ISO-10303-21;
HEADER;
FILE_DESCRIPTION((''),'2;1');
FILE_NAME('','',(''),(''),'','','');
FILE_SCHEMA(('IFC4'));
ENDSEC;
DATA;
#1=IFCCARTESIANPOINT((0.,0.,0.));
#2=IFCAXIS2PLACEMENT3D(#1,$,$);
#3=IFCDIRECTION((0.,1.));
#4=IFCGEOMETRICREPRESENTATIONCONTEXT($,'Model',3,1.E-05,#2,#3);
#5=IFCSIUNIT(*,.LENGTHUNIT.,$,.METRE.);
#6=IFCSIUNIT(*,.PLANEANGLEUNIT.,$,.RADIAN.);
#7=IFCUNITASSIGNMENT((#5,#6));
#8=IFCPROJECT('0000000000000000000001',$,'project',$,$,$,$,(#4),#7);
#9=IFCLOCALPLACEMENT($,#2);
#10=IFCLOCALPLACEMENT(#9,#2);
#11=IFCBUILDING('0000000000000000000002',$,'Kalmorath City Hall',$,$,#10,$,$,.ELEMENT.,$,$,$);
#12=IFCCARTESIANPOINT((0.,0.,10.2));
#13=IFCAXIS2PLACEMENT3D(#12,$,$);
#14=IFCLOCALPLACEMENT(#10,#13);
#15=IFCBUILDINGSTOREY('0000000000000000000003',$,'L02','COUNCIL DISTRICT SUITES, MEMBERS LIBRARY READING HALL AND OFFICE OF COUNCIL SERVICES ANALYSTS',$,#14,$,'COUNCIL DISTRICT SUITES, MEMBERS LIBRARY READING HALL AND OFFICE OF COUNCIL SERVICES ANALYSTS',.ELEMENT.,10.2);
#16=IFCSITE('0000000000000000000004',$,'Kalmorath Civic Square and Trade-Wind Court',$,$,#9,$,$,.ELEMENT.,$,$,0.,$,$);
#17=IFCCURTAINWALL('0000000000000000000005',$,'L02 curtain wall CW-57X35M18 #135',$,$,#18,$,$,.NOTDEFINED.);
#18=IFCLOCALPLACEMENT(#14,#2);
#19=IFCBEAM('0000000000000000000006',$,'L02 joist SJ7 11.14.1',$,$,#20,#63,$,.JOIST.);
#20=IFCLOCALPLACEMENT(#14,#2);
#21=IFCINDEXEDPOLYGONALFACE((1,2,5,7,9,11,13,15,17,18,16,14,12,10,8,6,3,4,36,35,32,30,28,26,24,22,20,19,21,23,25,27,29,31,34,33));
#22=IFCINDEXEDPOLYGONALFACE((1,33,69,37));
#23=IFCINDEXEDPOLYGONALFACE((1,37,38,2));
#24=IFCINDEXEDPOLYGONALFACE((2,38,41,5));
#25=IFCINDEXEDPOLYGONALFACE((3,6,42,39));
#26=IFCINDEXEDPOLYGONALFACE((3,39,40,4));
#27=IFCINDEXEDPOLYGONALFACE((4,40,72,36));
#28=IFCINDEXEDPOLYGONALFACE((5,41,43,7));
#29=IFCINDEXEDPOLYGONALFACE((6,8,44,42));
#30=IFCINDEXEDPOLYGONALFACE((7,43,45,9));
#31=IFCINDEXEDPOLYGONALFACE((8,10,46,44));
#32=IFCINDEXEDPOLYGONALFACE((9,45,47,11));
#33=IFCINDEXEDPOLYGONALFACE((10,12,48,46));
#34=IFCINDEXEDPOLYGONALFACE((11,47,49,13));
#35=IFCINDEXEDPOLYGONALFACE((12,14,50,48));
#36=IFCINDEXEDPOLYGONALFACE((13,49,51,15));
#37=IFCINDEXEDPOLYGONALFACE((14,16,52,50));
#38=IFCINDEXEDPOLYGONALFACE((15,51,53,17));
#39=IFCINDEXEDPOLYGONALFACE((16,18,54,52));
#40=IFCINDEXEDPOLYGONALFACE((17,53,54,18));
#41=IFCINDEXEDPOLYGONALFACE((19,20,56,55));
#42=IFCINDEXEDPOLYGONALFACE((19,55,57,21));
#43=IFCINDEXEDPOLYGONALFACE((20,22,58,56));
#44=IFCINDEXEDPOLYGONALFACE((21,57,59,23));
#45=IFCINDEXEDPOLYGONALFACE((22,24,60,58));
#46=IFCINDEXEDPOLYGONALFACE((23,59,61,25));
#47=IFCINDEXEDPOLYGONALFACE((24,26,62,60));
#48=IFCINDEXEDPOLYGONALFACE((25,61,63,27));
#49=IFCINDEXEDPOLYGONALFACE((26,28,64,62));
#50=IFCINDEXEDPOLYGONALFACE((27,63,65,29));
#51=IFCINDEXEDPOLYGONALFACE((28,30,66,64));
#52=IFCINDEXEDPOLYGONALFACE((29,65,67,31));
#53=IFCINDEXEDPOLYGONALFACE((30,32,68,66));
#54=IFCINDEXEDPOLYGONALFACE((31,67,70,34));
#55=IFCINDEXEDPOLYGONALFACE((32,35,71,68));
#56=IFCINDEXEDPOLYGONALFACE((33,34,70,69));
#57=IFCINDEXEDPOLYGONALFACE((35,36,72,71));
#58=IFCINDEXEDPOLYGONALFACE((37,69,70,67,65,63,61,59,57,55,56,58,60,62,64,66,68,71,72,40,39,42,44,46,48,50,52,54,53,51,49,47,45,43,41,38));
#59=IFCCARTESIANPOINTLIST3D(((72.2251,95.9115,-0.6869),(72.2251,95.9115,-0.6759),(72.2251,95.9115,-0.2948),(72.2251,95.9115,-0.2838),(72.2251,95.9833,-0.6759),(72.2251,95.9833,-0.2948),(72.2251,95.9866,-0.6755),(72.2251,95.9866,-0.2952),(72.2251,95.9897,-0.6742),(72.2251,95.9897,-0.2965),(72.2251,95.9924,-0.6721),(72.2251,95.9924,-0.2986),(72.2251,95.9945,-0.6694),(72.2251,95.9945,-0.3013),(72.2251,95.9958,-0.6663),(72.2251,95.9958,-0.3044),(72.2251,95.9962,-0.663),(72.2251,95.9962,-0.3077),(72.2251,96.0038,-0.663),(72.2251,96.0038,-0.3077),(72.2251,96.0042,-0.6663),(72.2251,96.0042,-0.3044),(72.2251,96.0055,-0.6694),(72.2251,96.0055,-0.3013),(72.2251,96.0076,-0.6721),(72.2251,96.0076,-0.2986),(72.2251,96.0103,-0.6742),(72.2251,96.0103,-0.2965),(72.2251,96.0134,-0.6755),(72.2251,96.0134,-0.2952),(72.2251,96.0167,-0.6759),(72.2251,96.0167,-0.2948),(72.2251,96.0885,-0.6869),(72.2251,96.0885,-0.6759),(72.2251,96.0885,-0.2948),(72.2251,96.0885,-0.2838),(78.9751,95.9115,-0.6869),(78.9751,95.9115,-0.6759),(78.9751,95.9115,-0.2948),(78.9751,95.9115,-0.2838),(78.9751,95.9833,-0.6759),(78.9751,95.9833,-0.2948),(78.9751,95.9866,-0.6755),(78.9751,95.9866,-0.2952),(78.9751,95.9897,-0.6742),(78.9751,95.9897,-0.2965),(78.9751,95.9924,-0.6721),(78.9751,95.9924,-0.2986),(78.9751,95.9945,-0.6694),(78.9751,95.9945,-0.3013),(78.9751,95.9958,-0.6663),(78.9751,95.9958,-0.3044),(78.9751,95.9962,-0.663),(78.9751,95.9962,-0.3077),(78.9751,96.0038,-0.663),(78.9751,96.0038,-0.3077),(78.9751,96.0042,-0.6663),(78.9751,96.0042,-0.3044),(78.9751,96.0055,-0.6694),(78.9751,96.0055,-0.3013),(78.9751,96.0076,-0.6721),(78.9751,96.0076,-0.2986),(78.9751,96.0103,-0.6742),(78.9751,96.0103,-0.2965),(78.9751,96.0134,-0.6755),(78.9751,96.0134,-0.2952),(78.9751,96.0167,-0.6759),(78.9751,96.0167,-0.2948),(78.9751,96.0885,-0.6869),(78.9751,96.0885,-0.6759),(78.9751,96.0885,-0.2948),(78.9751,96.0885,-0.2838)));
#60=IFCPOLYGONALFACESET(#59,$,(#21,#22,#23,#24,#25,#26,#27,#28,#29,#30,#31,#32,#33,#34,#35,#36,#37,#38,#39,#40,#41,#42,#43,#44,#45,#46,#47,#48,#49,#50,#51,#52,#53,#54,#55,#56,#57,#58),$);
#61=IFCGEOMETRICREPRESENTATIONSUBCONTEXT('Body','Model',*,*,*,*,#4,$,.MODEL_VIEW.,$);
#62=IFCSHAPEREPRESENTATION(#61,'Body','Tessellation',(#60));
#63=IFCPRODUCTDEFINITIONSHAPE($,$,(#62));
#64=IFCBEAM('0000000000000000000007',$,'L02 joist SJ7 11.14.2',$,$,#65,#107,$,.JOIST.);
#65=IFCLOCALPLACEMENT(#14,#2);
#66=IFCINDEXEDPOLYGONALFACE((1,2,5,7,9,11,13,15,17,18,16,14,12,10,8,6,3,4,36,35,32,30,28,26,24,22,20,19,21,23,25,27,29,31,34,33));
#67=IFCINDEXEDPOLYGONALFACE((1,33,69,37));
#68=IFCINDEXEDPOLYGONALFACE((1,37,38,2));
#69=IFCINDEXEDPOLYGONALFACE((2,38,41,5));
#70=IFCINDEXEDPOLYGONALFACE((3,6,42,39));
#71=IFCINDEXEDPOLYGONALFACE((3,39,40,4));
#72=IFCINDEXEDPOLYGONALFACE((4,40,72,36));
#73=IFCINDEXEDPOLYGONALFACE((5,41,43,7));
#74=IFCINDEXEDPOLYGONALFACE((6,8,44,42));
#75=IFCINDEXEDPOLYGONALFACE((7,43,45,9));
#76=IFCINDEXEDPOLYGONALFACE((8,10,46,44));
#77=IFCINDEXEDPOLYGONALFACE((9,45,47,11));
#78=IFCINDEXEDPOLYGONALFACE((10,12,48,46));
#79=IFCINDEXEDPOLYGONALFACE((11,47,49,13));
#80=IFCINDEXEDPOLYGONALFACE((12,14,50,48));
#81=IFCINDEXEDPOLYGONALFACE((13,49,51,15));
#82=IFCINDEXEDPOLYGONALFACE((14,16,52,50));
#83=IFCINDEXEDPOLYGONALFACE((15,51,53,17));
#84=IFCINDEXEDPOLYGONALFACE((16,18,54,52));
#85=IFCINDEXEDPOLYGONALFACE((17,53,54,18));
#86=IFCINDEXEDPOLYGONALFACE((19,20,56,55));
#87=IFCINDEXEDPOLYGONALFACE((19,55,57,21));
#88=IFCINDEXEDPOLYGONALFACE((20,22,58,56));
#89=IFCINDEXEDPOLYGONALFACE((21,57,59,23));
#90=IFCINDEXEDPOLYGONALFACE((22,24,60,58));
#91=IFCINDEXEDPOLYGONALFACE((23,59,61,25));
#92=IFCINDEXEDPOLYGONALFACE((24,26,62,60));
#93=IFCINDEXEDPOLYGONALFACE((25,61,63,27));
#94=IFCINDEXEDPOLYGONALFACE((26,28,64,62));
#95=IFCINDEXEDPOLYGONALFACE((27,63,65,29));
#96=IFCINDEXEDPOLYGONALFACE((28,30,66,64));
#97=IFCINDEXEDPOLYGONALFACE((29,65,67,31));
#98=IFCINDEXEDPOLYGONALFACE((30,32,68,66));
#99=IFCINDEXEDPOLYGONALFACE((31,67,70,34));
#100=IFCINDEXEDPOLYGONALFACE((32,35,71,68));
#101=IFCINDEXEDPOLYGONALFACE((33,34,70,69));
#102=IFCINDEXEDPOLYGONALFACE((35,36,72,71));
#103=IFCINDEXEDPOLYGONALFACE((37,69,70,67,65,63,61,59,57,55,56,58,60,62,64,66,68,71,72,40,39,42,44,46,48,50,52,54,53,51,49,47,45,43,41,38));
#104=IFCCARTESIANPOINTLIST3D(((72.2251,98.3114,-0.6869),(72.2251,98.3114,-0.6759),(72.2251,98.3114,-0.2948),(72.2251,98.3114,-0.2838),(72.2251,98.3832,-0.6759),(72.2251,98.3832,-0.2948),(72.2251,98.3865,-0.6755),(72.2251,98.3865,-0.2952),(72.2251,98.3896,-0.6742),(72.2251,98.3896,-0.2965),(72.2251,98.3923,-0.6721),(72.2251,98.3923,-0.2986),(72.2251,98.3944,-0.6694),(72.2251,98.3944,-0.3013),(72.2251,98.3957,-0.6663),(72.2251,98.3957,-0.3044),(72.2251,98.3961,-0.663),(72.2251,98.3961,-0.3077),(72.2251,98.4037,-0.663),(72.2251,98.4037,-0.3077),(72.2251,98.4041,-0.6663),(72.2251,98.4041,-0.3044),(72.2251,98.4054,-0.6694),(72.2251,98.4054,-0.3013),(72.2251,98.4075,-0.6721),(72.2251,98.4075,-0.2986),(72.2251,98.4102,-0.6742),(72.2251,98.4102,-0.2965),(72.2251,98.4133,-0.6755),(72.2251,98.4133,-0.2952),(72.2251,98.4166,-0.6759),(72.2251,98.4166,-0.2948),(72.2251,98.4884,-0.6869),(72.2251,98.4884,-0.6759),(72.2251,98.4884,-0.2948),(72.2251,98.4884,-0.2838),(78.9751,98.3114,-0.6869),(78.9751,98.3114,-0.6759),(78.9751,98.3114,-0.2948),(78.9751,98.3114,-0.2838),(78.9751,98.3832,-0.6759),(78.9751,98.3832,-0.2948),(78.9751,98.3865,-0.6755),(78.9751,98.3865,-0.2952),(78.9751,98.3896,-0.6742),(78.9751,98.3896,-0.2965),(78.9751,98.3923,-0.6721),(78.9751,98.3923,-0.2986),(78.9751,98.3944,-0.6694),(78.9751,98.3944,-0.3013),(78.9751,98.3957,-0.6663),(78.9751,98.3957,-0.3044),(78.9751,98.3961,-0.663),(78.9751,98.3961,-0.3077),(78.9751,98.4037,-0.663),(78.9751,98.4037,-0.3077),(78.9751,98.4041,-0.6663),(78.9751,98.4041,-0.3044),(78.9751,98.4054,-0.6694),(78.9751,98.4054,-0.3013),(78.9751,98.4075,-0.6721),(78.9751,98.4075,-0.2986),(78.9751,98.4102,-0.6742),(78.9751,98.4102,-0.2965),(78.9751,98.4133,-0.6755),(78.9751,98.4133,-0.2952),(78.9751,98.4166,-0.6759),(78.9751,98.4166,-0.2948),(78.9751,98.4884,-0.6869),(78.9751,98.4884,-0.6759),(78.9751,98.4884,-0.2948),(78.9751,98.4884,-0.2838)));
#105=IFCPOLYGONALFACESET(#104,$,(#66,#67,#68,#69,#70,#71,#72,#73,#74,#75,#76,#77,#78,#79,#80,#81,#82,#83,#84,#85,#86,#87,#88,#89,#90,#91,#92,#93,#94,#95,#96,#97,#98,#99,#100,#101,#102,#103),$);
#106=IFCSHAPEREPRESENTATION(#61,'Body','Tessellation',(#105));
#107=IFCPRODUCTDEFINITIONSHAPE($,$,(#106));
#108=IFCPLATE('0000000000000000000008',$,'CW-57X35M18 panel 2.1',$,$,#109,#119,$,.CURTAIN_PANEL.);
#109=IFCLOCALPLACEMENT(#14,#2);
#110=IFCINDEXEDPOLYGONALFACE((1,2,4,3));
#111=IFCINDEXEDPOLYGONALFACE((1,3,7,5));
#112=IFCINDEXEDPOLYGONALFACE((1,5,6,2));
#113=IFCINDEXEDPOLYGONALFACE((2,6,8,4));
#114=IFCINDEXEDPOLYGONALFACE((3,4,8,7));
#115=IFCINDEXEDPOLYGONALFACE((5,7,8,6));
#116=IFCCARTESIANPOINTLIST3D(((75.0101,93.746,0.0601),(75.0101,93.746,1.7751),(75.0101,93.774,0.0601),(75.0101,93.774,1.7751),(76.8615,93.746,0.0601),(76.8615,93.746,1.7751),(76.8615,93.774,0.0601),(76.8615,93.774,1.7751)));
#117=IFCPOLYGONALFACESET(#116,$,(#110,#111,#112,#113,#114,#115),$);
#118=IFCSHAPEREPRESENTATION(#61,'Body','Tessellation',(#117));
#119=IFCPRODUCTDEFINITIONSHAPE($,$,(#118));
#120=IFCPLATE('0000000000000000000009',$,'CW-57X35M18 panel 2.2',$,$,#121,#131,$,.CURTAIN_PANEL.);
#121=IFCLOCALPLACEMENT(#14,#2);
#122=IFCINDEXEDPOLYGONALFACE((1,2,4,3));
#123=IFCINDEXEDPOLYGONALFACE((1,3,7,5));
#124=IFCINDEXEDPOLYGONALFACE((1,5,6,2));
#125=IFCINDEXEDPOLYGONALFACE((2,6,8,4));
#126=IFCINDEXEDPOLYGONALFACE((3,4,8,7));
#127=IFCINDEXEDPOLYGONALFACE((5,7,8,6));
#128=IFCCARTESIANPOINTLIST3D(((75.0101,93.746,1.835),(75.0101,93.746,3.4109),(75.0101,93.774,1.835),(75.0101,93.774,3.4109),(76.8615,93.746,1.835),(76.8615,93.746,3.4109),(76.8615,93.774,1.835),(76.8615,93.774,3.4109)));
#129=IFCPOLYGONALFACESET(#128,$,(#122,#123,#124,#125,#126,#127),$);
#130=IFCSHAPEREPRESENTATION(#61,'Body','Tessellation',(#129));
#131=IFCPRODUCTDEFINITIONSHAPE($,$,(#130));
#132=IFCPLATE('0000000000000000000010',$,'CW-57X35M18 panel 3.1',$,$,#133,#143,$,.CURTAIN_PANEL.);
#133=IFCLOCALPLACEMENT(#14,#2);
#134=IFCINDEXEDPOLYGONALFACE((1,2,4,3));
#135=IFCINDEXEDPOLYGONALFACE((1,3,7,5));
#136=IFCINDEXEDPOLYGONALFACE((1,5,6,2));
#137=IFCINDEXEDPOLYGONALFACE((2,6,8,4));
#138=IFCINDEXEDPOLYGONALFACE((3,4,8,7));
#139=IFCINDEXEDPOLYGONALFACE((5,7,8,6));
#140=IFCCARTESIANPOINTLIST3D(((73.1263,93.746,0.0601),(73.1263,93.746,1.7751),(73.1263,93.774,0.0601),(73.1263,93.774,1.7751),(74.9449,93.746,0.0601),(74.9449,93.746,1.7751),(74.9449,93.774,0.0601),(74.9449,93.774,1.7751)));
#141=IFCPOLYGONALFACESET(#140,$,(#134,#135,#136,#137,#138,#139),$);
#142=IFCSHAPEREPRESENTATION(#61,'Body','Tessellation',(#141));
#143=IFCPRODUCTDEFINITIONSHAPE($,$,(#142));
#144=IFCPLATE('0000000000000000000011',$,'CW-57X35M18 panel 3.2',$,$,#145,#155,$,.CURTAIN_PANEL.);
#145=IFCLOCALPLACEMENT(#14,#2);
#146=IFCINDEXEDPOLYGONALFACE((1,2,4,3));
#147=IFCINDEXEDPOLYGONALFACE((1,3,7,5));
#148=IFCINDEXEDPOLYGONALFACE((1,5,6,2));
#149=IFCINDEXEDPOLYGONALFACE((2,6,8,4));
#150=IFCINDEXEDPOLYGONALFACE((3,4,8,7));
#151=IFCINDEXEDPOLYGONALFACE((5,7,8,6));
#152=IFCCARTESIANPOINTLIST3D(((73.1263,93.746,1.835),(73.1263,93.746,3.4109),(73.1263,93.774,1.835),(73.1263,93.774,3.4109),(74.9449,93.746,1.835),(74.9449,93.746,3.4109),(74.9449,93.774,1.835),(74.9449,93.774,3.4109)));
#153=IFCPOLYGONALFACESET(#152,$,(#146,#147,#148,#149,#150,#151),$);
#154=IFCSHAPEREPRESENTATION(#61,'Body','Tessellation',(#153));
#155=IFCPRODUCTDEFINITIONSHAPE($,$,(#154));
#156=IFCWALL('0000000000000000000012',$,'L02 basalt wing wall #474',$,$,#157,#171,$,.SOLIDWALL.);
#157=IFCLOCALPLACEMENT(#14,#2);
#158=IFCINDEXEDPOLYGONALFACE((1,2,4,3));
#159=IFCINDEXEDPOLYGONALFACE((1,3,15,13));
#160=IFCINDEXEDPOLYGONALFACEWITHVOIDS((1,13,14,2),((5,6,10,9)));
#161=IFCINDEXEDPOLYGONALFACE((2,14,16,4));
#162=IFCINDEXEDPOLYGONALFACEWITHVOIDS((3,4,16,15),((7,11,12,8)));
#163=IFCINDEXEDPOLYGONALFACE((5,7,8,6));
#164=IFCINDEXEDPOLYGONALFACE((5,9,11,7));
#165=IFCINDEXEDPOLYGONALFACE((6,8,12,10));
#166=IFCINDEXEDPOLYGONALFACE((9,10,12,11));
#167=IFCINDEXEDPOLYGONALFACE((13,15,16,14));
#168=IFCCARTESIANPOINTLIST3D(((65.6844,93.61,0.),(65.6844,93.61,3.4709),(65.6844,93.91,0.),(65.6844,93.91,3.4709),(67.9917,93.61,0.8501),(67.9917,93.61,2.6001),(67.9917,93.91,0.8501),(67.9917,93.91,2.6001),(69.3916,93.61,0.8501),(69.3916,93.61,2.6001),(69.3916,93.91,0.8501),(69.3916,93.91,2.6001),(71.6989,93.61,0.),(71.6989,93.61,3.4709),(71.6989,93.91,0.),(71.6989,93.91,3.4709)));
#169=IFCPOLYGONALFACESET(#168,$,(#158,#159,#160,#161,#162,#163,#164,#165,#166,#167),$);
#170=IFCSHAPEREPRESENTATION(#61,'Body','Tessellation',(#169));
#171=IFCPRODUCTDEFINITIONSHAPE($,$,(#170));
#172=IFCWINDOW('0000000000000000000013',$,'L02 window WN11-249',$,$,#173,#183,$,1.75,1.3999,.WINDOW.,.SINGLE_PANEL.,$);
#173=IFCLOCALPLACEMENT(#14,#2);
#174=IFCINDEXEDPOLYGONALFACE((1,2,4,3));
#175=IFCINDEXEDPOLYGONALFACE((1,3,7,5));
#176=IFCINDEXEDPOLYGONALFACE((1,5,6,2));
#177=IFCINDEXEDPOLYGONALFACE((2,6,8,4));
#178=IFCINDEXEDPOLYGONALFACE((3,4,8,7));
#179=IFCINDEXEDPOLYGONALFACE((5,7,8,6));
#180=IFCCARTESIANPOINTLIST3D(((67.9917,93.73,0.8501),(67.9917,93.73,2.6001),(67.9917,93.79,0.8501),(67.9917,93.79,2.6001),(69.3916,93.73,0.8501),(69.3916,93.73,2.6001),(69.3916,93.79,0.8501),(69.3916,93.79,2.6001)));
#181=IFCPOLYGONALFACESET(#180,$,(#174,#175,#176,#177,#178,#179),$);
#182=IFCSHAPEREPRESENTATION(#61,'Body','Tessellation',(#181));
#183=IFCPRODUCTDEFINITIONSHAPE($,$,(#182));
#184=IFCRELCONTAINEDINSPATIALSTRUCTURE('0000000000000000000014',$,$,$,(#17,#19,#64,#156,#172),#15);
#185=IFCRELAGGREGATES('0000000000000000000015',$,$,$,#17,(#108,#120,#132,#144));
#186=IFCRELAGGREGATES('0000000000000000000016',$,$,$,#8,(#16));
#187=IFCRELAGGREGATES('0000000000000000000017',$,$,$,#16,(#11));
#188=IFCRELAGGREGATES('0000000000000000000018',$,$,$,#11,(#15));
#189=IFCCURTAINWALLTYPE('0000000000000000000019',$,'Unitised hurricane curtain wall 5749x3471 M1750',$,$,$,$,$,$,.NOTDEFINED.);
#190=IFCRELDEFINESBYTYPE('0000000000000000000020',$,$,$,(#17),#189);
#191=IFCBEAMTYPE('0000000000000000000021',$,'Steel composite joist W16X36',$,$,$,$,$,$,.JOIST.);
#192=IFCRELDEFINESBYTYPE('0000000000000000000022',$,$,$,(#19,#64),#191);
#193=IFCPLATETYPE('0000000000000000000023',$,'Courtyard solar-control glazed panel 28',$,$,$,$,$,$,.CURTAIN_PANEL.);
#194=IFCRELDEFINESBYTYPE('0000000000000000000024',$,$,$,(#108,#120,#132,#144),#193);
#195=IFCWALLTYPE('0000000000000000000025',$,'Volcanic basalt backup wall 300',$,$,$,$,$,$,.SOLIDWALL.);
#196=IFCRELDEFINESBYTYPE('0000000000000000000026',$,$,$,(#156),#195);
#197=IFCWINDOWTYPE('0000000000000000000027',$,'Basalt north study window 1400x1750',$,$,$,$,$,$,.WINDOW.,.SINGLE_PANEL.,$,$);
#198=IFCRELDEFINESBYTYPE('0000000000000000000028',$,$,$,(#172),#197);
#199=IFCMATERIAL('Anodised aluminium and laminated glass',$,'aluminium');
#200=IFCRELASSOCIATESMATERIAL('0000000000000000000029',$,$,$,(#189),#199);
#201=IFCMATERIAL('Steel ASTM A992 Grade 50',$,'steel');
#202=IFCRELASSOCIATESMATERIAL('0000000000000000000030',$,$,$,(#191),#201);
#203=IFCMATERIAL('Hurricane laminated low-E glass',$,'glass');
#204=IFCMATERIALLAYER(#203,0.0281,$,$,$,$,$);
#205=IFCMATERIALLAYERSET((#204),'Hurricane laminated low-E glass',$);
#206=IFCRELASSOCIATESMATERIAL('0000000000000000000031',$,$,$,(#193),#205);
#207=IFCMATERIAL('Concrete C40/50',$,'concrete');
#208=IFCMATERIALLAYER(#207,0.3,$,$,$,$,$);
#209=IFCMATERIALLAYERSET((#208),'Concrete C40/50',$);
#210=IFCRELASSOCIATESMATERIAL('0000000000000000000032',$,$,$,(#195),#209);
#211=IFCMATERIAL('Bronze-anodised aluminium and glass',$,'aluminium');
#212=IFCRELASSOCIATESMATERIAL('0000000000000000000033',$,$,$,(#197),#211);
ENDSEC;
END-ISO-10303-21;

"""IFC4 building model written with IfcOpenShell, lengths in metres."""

from ifc_helpers import new_model, si_unit, direction, frame, frame_2d, origin, origin_2d, place, context, subcontext, project, spatial, rectangle, i_section, extrude, material, layer, layer_set, material_profile, profile_set, type_object, element, fill, aggregate, save


model = new_model("IFC4")

# Units and contexts
model_context = context("Model", 3, precision=1e-05, world=origin(), true_north=direction((0.0, 1.0)))
body_context = subcontext(model_context, "Body", "Model", "MODEL_VIEW")
ifc_project = project(units=[si_unit("LENGTHUNIT", "METRE"), si_unit("PLANEANGLEUNIT", "RADIAN")], contexts=[model_context])

# Site, building, storey
site_placement = place(None, origin())
site = spatial("IfcSite", under=ifc_project, at=site_placement, Name="Kalmorath Civic Square and Trade-Wind Court", CompositionType="ELEMENT", RefElevation=0.0)
building_placement = place(site_placement, origin())
building = spatial("IfcBuilding", under=site, at=building_placement, Name="Kalmorath City Hall", CompositionType="ELEMENT")
storey_placement = place(building_placement, frame((0.0, 0.0, 10.2)))
storey = spatial("IfcBuildingStorey", under=building, at=storey_placement, Name="L02", Description="COUNCIL DISTRICT SUITES, MEMBERS LIBRARY READING HALL AND OFFICE OF COUNCIL SERVICES ANALYSTS", LongName="COUNCIL DISTRICT SUITES, MEMBERS LIBRARY READING HALL AND OFFICE OF COUNCIL SERVICES ANALYSTS", CompositionType="ELEMENT", Elevation=10.2)

# Curtain wall
ifc_material_1 = material(Name="Anodised aluminium and laminated glass", Category="aluminium")
curtain_wall_type = type_object("IfcCurtainWallType", Name="Unitised hurricane curtain wall 5749x3471 M1750", PredefinedType="NOTDEFINED", material=ifc_material_1)
curtain_wall_placement = place(storey_placement, origin())
curtain_wall = element("IfcCurtainWall", 1, at=curtain_wall_placement, inside=storey, type_object=curtain_wall_type, Name="L02 curtain wall CW-57X35M18 #135", PredefinedType="NOTDEFINED")

# Beams
ifc_material_2 = material(Name="Steel ASTM A992 Grade 50", Category="steel")
ifc_material_profile_1 = material_profile(ifc_material_2, i_section(OverallWidth=0.177, OverallDepth=0.4031, WebThickness=0.0076, FlangeThickness=0.011, FilletRadius=0.0129, at=origin_2d()), Name="W16X36")
ifc_profile_set_1 = profile_set([ifc_material_profile_1], Name="Steel ASTM A992 Grade 50")
beam_type_1 = type_object("IfcBeamType", Name="Steel composite joist W16X36", PredefinedType="JOIST", material=ifc_profile_set_1)
for number, where, z_axis, x_axis, name in (
    (2, (72.2251, 96.0, -0.4854), (1.0, 0.0, 0.0), (0.0, 1.0, 0.0), "L02 joist SJ7 11.14.1"),
    (3, (72.2251, 98.3999, -0.4854), (1.0, 0.0, 0.0), (0.0, 1.0, 0.0), "L02 joist SJ7 11.14.2"),
):
    element("IfcBeam", number, at=place(storey_placement, frame(where, z_axis=z_axis, x_axis=x_axis)), inside=storey, type_object=beam_type_1, Name=name, PredefinedType="JOIST", context=body_context, shape_type="SweptSolid", body=[
        extrude(i_section(OverallWidth=0.177, OverallDepth=0.4031, WebThickness=0.0076, FlangeThickness=0.011, FilletRadius=0.0129, at=origin_2d()), origin(), (0.0, 0.0, 1.0), 6.75),
    ])

# Plates
ifc_material_3 = material(Name="Hurricane laminated low-E glass", Category="glass")
ifc_layer_1 = layer(ifc_material_3, 0.0281)
ifc_layer_set_1 = layer_set([ifc_layer_1], Name="Hurricane laminated low-E glass")
plate_type = type_object("IfcPlateType", Name="Courtyard solar-control glazed panel 28", PredefinedType="CURTAIN_PANEL", material=ifc_layer_set_1)
plate_1_placement = place(storey_placement, frame((75.9358, 93.76, 0.0601), z_axis=(0.0, 0.0, 1.0), x_axis=(-1.0, 0.0, 0.0)))
plate_1 = element("IfcPlate", 4, at=plate_1_placement, type_object=plate_type, Name="CW-57X35M18 panel 2.1", PredefinedType="CURTAIN_PANEL", context=body_context, shape_type="SweptSolid", body=[
    extrude(rectangle(XDim=1.8513, YDim=0.0281, at=origin_2d()), origin(), (0.0, 0.0, 1.0), 1.7151),
])
plate_2_placement = place(storey_placement, frame((75.9358, 93.76, 1.835), z_axis=(0.0, 0.0, 1.0), x_axis=(-1.0, 0.0, 0.0)))
plate_2 = element("IfcPlate", 5, at=plate_2_placement, type_object=plate_type, Name="CW-57X35M18 panel 2.2", PredefinedType="CURTAIN_PANEL", context=body_context, shape_type="SweptSolid", body=[
    extrude(rectangle(XDim=1.8513, YDim=0.0281, at=origin_2d()), origin(), (0.0, 0.0, 1.0), 1.5759),
])
plate_3_placement = place(storey_placement, frame((74.0356, 93.76, 0.0601), z_axis=(0.0, 0.0, 1.0), x_axis=(-1.0, 0.0, 0.0)))
plate_3 = element("IfcPlate", 6, at=plate_3_placement, type_object=plate_type, Name="CW-57X35M18 panel 3.1", PredefinedType="CURTAIN_PANEL", context=body_context, shape_type="SweptSolid", body=[
    extrude(rectangle(XDim=1.8186, YDim=0.0281, at=origin_2d()), origin(), (0.0, 0.0, 1.0), 1.7151),
])
plate_4_placement = place(storey_placement, frame((74.0356, 93.76, 1.835), z_axis=(0.0, 0.0, 1.0), x_axis=(-1.0, 0.0, 0.0)))
plate_4 = element("IfcPlate", 7, at=plate_4_placement, type_object=plate_type, Name="CW-57X35M18 panel 3.2", PredefinedType="CURTAIN_PANEL", context=body_context, shape_type="SweptSolid", body=[
    extrude(rectangle(XDim=1.8186, YDim=0.0281, at=origin_2d()), origin(), (0.0, 0.0, 1.0), 1.5759),
])
aggregate(curtain_wall, [plate_1, plate_2, plate_3, plate_4])

# Wall, opening, window
ifc_material_4 = material(Name="Concrete C40/50", Category="concrete")
ifc_layer_2 = layer(ifc_material_4, 0.3)
ifc_layer_set_2 = layer_set([ifc_layer_2], Name="Concrete C40/50")
wall_type = type_object("IfcWallType", Name="Volcanic basalt backup wall 300", PredefinedType="SOLIDWALL", material=ifc_layer_set_2)
wall_placement = place(storey_placement, frame((71.699, 93.76, 0.0), z_axis=(0.0, 0.0, 1.0), x_axis=(-1.0, 0.0, 0.0)))
wall = element("IfcWall", 8, at=wall_placement, inside=storey, type_object=wall_type, Name="L02 basalt wing wall #474", PredefinedType="SOLIDWALL", context=body_context, shape_type="SweptSolid", body=[
    extrude(rectangle(XDim=6.0144, YDim=0.3, at=frame_2d((3.0073, 0.0))), origin(), (0.0, 0.0, 1.0), 3.4709),
])
opening_placement = place(wall_placement, frame((2.3074, 0.0, 0.8501)))
opening = element("IfcOpeningElement", 9, at=opening_placement, cuts=wall, PredefinedType="OPENING", context=body_context, shape_type="SweptSolid", body=[
    extrude(rectangle(XDim=1.3999, YDim=1.75, at=frame_2d((0.7, 0.875))), frame((0.0, 0.1599, 0.0), z_axis=(0.0, -1.0, 0.0), x_axis=(1.0, 0.0, 0.0)), (0.0, 0.0, 1.0), 0.3201),
])
ifc_material_5 = material(Name="Bronze-anodised aluminium and glass", Category="aluminium")
window_type = type_object("IfcWindowType", Name="Basalt north study window 1400x1750", PartitioningType="SINGLE_PANEL", PredefinedType="WINDOW", material=ifc_material_5)
window_placement = place(opening_placement, origin())
window = element("IfcWindow", 10, at=window_placement, inside=storey, type_object=window_type, Name="L02 window WN11-249", OverallHeight=1.75, OverallWidth=1.3999, PartitioningType="SINGLE_PANEL", PredefinedType="WINDOW", context=body_context, shape_type="SweptSolid", body=[
    extrude(rectangle(XDim=1.3999, YDim=1.75, at=frame_2d((0.7, 0.875))), frame((0.0, 0.03, 0.0), z_axis=(0.0, -1.0, 0.0), x_axis=(1.0, 0.0, 0.0)), (0.0, 0.0, 1.0), 0.0601),
])
fill(opening, window)

save(model, "model.ifc")
